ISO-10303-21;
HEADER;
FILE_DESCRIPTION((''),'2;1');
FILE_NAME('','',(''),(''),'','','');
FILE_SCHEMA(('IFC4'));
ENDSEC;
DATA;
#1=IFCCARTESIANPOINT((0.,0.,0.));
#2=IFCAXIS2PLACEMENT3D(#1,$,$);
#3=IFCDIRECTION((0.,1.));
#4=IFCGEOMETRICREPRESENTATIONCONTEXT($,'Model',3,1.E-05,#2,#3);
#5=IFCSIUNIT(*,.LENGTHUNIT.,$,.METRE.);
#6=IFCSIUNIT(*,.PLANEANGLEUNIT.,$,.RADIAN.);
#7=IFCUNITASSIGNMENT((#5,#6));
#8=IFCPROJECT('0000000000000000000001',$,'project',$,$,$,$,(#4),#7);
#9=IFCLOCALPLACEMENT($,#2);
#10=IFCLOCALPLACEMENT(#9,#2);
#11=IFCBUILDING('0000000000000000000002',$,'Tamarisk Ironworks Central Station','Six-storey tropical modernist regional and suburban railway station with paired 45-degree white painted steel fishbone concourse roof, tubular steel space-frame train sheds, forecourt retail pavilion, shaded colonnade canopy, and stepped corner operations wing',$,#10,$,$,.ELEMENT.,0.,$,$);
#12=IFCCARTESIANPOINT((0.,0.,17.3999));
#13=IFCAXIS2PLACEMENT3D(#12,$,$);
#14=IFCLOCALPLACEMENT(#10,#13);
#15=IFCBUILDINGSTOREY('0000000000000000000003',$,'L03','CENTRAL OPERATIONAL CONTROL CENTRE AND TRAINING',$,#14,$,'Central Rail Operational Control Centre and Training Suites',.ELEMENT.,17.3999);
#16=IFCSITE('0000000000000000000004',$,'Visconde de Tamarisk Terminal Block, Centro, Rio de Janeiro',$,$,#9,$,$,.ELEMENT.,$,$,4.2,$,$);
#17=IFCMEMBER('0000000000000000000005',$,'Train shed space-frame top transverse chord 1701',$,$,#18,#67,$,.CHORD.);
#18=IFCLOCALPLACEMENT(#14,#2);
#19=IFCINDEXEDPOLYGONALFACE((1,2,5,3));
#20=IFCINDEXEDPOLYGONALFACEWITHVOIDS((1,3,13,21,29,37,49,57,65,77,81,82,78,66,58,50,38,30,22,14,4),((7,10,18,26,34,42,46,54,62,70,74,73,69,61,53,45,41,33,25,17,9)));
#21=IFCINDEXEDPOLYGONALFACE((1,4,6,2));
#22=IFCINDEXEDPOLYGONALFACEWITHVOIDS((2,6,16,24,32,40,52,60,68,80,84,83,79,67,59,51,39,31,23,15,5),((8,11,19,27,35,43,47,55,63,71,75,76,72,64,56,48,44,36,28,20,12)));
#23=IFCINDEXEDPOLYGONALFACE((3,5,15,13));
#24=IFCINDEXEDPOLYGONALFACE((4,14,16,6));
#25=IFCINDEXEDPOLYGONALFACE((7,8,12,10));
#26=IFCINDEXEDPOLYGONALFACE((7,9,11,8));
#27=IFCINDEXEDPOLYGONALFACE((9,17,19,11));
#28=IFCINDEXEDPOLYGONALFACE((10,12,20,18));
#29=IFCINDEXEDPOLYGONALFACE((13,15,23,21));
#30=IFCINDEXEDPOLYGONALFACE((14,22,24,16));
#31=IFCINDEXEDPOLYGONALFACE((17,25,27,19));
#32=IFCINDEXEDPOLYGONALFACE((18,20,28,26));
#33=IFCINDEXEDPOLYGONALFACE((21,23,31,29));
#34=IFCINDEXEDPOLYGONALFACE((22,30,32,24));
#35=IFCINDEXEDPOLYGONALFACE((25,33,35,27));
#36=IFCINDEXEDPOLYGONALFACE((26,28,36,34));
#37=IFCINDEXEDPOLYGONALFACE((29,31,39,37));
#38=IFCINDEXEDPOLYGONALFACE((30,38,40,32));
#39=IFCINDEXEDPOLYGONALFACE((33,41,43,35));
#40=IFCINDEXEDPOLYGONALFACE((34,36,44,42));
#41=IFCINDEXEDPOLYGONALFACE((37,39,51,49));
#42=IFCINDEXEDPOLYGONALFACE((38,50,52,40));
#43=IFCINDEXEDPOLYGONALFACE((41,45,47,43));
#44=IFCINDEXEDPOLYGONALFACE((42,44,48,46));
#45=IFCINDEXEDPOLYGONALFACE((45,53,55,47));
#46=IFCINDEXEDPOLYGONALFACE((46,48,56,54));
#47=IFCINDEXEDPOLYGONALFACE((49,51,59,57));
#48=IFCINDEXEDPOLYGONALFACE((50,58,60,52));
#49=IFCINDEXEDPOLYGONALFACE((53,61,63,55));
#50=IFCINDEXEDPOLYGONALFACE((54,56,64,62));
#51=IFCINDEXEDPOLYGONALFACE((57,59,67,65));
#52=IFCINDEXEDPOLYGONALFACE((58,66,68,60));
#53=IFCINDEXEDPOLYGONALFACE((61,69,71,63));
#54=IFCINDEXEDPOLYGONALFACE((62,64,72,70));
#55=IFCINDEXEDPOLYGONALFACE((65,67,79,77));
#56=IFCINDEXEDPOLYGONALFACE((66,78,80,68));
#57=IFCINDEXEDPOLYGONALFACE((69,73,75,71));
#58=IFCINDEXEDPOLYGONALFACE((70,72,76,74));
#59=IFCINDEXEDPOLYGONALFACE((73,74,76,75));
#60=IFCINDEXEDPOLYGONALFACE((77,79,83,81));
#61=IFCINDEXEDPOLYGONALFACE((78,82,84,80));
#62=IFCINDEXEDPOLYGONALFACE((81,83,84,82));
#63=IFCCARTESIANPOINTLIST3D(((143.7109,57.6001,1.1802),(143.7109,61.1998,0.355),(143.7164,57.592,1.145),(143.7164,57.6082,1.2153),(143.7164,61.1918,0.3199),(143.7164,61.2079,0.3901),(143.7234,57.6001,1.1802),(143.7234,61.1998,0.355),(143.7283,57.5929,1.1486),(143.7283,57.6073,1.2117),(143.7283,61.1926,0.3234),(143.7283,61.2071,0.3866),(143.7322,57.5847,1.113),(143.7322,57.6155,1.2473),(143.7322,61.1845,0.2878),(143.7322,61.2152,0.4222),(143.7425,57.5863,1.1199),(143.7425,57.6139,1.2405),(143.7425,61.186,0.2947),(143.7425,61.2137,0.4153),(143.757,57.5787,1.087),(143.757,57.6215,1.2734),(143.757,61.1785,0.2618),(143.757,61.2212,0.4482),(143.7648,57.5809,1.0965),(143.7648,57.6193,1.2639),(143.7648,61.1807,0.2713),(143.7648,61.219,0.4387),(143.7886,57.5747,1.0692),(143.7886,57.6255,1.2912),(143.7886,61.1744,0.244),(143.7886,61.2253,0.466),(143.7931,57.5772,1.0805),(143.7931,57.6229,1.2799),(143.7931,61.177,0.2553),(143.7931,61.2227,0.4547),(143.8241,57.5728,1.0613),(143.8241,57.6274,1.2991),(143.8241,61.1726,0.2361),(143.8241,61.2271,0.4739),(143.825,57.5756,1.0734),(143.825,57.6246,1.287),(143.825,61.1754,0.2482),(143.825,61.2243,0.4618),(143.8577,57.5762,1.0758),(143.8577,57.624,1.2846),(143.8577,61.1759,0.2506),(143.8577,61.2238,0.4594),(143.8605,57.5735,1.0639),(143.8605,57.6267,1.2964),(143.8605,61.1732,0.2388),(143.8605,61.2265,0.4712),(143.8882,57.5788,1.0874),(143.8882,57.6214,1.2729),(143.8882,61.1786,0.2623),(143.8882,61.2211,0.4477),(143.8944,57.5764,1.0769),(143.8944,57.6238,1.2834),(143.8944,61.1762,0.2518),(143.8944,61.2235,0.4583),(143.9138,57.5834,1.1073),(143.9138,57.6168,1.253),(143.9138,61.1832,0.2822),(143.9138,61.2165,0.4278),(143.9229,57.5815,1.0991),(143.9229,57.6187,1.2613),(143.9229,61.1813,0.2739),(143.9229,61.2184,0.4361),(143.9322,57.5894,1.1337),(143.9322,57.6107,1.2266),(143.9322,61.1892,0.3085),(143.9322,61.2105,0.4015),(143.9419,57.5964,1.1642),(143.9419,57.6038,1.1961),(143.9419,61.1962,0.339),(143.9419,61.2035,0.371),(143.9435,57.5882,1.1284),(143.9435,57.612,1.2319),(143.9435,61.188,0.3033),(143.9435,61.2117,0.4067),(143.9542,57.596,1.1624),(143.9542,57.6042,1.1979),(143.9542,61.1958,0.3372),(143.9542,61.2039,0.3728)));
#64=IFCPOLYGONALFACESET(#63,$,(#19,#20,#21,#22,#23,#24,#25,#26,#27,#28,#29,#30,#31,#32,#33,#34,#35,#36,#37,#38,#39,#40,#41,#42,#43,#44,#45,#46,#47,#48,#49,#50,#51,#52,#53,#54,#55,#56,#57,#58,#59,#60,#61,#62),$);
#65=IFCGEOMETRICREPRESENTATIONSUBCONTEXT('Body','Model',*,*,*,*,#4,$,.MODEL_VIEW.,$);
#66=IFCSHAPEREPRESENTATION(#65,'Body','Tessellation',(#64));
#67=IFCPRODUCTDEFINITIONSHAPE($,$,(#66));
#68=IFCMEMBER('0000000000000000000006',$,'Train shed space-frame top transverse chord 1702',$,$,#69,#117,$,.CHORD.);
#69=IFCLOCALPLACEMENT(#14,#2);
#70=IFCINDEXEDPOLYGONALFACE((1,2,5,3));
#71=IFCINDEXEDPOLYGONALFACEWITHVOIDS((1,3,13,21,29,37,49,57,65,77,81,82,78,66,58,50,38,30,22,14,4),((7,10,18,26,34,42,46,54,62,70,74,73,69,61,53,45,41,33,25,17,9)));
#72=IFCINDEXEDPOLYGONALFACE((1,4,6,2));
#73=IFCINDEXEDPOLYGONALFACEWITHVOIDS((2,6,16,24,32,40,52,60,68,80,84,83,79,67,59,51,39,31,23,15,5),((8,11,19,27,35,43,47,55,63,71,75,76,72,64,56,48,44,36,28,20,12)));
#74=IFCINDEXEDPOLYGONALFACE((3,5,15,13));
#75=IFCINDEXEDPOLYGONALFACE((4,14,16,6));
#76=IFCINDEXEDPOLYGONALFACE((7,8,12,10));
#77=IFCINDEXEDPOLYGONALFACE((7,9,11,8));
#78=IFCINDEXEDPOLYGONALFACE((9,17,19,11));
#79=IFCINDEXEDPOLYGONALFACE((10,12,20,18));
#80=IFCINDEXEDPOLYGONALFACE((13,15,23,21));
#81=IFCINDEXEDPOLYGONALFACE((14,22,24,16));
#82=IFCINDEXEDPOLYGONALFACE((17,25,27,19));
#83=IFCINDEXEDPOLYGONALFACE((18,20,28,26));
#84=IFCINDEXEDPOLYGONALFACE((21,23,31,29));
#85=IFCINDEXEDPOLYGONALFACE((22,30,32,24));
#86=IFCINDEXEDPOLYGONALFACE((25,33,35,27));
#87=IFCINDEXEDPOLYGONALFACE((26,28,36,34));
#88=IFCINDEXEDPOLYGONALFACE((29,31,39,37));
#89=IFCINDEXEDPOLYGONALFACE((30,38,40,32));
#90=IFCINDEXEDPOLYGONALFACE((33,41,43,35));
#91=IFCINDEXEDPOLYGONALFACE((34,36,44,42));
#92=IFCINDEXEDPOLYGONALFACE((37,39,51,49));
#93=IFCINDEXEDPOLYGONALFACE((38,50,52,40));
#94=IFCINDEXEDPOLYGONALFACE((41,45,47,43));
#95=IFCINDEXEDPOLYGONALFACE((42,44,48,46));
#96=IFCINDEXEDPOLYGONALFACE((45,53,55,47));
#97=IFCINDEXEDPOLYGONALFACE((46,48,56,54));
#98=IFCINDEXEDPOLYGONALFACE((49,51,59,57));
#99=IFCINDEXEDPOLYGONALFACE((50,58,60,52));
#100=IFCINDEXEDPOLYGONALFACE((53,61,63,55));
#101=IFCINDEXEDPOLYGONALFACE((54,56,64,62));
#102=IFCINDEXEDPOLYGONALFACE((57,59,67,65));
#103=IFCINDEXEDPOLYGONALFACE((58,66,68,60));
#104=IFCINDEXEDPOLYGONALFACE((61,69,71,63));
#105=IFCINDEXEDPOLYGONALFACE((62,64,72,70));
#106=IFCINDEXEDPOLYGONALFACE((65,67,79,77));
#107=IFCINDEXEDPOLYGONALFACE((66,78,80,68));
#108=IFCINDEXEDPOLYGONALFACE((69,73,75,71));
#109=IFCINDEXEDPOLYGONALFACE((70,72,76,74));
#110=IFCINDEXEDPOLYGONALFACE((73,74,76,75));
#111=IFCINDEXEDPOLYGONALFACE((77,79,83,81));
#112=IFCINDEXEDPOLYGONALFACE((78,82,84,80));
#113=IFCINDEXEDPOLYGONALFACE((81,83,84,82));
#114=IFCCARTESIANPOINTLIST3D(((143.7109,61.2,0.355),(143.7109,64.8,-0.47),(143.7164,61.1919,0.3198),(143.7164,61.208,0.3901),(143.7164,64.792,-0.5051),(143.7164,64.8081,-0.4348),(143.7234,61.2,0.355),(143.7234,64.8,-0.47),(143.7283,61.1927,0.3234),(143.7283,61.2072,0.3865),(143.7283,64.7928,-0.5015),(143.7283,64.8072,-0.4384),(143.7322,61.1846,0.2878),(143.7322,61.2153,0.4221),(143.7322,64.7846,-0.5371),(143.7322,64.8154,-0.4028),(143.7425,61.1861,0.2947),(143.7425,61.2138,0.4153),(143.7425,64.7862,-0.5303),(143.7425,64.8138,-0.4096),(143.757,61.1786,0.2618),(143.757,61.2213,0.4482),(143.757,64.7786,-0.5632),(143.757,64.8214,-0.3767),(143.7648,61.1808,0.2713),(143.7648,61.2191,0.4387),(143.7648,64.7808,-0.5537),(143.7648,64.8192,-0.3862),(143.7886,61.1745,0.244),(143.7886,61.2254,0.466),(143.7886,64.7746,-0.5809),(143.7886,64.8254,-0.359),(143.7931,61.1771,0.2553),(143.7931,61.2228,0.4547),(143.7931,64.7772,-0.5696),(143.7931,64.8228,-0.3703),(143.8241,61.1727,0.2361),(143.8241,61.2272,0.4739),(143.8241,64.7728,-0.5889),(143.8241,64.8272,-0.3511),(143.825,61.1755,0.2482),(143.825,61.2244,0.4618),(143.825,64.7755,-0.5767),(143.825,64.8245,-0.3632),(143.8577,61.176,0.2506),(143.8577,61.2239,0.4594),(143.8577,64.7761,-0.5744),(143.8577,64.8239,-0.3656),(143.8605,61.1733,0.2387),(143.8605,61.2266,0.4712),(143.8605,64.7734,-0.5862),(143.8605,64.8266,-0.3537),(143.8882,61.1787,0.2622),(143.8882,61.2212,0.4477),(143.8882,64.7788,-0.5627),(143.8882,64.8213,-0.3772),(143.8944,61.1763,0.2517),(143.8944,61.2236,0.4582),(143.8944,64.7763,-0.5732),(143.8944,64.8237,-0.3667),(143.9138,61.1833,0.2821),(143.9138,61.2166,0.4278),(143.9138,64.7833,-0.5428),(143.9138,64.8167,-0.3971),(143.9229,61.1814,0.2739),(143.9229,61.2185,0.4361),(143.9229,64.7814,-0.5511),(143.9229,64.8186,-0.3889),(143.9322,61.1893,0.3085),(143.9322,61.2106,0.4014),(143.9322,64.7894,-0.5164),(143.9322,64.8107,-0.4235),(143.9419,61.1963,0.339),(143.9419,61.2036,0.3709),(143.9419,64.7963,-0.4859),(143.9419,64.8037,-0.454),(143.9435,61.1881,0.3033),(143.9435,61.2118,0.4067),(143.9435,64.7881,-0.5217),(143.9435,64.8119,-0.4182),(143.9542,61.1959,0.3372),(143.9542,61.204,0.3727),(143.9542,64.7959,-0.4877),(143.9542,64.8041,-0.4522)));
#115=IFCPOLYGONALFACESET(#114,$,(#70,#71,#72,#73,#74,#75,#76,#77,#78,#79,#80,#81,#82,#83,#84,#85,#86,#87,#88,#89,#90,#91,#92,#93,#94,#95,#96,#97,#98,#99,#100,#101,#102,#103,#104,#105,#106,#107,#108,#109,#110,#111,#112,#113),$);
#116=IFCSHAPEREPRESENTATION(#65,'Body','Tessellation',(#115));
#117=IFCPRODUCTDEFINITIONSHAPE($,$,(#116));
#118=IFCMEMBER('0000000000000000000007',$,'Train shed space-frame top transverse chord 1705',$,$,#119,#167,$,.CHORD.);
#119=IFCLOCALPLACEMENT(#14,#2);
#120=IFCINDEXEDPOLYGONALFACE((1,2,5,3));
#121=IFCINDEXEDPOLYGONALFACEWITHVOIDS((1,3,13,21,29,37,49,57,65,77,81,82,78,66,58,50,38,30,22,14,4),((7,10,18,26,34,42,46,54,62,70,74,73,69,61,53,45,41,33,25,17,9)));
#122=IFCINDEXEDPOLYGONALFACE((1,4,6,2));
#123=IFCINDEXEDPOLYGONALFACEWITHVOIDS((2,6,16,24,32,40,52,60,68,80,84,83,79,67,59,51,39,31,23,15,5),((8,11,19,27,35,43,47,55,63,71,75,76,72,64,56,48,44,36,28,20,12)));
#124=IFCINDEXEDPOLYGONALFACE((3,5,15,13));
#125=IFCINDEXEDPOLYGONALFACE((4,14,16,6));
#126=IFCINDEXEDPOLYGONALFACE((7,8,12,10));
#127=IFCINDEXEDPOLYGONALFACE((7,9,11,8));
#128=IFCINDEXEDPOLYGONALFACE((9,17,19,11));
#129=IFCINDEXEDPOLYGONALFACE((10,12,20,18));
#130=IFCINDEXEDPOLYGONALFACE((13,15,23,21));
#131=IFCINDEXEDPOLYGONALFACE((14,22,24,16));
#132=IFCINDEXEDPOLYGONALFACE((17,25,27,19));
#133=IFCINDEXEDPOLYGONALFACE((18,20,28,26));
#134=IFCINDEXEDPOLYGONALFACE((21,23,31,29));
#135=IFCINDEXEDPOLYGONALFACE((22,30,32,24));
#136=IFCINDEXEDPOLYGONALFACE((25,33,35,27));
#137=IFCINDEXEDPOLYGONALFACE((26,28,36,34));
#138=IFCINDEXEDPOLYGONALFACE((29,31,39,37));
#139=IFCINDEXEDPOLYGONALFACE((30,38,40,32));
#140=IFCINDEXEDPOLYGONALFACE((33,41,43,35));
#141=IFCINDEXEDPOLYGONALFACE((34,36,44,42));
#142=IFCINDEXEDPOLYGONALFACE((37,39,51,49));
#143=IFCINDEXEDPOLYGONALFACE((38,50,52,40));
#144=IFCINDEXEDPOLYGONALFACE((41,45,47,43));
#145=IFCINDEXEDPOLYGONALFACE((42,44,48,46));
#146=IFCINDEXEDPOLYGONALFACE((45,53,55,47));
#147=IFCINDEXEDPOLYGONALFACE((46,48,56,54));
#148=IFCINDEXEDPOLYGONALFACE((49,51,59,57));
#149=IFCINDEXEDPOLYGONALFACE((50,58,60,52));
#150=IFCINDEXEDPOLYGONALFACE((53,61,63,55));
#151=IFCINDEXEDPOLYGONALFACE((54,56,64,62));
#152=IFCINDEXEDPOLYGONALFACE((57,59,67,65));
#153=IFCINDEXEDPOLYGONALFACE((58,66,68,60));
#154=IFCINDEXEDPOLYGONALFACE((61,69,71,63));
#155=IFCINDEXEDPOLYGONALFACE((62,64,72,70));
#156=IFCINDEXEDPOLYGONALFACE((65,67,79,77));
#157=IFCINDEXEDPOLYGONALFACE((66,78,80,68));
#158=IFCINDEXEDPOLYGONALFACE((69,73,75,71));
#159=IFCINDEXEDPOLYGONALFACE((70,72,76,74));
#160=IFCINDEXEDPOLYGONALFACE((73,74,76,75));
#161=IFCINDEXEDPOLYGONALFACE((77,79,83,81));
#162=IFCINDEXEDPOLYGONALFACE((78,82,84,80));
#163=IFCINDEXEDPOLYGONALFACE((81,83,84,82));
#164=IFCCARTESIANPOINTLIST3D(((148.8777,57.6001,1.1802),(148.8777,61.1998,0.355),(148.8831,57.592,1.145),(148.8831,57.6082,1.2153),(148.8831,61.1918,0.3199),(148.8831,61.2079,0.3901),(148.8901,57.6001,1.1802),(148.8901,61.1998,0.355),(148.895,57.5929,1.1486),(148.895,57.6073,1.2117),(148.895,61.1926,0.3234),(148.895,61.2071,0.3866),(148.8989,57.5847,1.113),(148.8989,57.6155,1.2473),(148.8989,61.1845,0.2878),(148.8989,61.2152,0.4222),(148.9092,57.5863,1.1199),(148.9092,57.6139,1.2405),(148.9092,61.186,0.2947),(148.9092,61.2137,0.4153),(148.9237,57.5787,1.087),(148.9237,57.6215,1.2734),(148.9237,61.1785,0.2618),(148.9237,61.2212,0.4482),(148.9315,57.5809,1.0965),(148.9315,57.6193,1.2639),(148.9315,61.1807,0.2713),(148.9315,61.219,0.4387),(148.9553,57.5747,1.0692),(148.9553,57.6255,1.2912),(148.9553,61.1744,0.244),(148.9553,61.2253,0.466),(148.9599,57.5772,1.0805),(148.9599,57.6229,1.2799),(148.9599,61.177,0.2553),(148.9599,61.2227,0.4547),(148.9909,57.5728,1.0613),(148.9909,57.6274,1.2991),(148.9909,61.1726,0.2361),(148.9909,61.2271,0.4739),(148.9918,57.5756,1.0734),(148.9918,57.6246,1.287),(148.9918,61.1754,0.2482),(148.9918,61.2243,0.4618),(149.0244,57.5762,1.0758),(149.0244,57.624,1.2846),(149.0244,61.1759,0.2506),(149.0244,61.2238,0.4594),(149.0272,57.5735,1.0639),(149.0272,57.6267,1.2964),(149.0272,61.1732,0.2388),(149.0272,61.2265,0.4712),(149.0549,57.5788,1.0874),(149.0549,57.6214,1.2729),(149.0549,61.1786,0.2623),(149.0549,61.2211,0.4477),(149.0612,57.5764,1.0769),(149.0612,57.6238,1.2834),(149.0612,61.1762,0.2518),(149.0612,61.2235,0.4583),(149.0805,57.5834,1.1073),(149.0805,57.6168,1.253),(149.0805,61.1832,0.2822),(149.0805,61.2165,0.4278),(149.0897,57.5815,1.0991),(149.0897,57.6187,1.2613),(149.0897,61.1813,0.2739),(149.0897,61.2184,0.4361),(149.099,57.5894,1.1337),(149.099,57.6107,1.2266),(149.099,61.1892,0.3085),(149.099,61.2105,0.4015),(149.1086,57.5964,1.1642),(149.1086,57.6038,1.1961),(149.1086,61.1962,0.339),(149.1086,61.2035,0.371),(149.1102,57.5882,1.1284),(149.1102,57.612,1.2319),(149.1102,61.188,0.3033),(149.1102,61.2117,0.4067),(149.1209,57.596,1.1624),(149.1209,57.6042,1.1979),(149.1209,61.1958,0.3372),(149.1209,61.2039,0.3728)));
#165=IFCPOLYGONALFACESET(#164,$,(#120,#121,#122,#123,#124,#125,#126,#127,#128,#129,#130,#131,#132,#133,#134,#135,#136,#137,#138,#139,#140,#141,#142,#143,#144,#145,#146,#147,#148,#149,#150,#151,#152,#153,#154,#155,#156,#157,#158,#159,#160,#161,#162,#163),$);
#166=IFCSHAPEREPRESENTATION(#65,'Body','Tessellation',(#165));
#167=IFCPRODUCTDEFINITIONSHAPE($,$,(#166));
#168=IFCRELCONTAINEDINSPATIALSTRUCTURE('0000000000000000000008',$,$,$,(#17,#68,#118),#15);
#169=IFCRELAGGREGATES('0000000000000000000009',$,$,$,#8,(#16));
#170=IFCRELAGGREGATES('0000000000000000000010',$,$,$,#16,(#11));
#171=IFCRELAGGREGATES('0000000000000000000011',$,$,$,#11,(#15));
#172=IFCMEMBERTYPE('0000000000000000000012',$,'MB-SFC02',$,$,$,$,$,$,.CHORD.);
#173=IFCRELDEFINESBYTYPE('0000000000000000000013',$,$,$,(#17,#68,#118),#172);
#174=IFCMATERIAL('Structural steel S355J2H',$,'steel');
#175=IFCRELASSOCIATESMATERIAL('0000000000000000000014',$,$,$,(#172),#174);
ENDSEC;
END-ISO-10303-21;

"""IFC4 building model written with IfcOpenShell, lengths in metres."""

from ifc_helpers import new_model, si_unit, direction, frame, origin, origin_2d, place, context, subcontext, project, spatial, hollow_circle, extrude, material, material_profile, profile_set, type_object, element, save


model = new_model("IFC4")

# Units and contexts
model_context = context("Model", 3, precision=1e-05, world=origin(), true_north=direction((0.0, 1.0)))
body_context = subcontext(model_context, "Body", "Model", "MODEL_VIEW")
ifc_project = project(units=[si_unit("LENGTHUNIT", "METRE"), si_unit("PLANEANGLEUNIT", "RADIAN")], contexts=[model_context])

# Site, building, storey
site_placement = place(None, origin())
site = spatial("IfcSite", under=ifc_project, at=site_placement, Name="Visconde de Tamarisk Terminal Block, Centro, Rio de Janeiro", CompositionType="ELEMENT", RefElevation=4.2)
building_placement = place(site_placement, origin())
building = spatial("IfcBuilding", under=site, at=building_placement, Name="Tamarisk Ironworks Central Station", Description="Six-storey tropical modernist regional and suburban railway station with paired 45-degree white painted steel fishbone concourse roof, tubular steel space-frame train sheds, forecourt retail pavilion, shaded colonnade canopy, and stepped corner operations wing", CompositionType="ELEMENT", ElevationOfRefHeight=0.0)
storey_placement = place(building_placement, frame((0.0, 0.0, 17.3999)))
storey = spatial("IfcBuildingStorey", under=building, at=storey_placement, Name="L03", Description="CENTRAL OPERATIONAL CONTROL CENTRE AND TRAINING", LongName="Central Rail Operational Control Centre and Training Suites", CompositionType="ELEMENT", Elevation=17.3999)

# Members
ifc_material = material(Name="Structural steel S355J2H", Category="steel")
ifc_material_profile_1 = material_profile(ifc_material, hollow_circle(Radius=0.1223, WallThickness=0.0125, at=origin_2d()), Name="CHS 244.5x12.5")
ifc_profile_set_1 = profile_set([ifc_material_profile_1], Name="Structural steel S355J2H")
member_type_1 = type_object("IfcMemberType", Name="MB-SFC02", PredefinedType="CHORD", material=ifc_profile_set_1)
member_1_placement = place(storey_placement, frame((143.8333, 57.6001, 1.1802), z_axis=(0.0, 0.974719, -0.223435), x_axis=(-1.0, 0.0, 0.0)))
element("IfcMember", 1, at=member_1_placement, inside=storey, type_object=member_type_1, Name="Train shed space-frame top transverse chord 1701", PredefinedType="CHORD", context=body_context, shape_type="SweptSolid", body=[
    extrude(hollow_circle(Radius=0.1223, WallThickness=0.0125, at=origin_2d()), origin(), (0.0, 0.0, 1.0), 3.6931),
])
member_2_placement = place(storey_placement, frame((143.8333, 61.2, 0.355), z_axis=(0.0, 0.974737, -0.223358), x_axis=(-1.0, 0.0, 0.0)))
element("IfcMember", 2, at=member_2_placement, inside=storey, type_object=member_type_1, Name="Train shed space-frame top transverse chord 1702", PredefinedType="CHORD", context=body_context, shape_type="SweptSolid", body=[
    extrude(hollow_circle(Radius=0.1223, WallThickness=0.0125, at=origin_2d()), origin(), (0.0, 0.0, 1.0), 3.6934),
])
member_3_placement = place(storey_placement, frame((149.0, 57.6001, 1.1802), z_axis=(0.0, 0.974719, -0.223435), x_axis=(-1.0, 0.0, 0.0)))
element("IfcMember", 3, at=member_3_placement, inside=storey, type_object=member_type_1, Name="Train shed space-frame top transverse chord 1705", PredefinedType="CHORD", context=body_context, shape_type="SweptSolid", body=[
    extrude(hollow_circle(Radius=0.1223, WallThickness=0.0125, at=origin_2d()), origin(), (0.0, 0.0, 1.0), 3.6931),
])

save(model, "model.ifc")
